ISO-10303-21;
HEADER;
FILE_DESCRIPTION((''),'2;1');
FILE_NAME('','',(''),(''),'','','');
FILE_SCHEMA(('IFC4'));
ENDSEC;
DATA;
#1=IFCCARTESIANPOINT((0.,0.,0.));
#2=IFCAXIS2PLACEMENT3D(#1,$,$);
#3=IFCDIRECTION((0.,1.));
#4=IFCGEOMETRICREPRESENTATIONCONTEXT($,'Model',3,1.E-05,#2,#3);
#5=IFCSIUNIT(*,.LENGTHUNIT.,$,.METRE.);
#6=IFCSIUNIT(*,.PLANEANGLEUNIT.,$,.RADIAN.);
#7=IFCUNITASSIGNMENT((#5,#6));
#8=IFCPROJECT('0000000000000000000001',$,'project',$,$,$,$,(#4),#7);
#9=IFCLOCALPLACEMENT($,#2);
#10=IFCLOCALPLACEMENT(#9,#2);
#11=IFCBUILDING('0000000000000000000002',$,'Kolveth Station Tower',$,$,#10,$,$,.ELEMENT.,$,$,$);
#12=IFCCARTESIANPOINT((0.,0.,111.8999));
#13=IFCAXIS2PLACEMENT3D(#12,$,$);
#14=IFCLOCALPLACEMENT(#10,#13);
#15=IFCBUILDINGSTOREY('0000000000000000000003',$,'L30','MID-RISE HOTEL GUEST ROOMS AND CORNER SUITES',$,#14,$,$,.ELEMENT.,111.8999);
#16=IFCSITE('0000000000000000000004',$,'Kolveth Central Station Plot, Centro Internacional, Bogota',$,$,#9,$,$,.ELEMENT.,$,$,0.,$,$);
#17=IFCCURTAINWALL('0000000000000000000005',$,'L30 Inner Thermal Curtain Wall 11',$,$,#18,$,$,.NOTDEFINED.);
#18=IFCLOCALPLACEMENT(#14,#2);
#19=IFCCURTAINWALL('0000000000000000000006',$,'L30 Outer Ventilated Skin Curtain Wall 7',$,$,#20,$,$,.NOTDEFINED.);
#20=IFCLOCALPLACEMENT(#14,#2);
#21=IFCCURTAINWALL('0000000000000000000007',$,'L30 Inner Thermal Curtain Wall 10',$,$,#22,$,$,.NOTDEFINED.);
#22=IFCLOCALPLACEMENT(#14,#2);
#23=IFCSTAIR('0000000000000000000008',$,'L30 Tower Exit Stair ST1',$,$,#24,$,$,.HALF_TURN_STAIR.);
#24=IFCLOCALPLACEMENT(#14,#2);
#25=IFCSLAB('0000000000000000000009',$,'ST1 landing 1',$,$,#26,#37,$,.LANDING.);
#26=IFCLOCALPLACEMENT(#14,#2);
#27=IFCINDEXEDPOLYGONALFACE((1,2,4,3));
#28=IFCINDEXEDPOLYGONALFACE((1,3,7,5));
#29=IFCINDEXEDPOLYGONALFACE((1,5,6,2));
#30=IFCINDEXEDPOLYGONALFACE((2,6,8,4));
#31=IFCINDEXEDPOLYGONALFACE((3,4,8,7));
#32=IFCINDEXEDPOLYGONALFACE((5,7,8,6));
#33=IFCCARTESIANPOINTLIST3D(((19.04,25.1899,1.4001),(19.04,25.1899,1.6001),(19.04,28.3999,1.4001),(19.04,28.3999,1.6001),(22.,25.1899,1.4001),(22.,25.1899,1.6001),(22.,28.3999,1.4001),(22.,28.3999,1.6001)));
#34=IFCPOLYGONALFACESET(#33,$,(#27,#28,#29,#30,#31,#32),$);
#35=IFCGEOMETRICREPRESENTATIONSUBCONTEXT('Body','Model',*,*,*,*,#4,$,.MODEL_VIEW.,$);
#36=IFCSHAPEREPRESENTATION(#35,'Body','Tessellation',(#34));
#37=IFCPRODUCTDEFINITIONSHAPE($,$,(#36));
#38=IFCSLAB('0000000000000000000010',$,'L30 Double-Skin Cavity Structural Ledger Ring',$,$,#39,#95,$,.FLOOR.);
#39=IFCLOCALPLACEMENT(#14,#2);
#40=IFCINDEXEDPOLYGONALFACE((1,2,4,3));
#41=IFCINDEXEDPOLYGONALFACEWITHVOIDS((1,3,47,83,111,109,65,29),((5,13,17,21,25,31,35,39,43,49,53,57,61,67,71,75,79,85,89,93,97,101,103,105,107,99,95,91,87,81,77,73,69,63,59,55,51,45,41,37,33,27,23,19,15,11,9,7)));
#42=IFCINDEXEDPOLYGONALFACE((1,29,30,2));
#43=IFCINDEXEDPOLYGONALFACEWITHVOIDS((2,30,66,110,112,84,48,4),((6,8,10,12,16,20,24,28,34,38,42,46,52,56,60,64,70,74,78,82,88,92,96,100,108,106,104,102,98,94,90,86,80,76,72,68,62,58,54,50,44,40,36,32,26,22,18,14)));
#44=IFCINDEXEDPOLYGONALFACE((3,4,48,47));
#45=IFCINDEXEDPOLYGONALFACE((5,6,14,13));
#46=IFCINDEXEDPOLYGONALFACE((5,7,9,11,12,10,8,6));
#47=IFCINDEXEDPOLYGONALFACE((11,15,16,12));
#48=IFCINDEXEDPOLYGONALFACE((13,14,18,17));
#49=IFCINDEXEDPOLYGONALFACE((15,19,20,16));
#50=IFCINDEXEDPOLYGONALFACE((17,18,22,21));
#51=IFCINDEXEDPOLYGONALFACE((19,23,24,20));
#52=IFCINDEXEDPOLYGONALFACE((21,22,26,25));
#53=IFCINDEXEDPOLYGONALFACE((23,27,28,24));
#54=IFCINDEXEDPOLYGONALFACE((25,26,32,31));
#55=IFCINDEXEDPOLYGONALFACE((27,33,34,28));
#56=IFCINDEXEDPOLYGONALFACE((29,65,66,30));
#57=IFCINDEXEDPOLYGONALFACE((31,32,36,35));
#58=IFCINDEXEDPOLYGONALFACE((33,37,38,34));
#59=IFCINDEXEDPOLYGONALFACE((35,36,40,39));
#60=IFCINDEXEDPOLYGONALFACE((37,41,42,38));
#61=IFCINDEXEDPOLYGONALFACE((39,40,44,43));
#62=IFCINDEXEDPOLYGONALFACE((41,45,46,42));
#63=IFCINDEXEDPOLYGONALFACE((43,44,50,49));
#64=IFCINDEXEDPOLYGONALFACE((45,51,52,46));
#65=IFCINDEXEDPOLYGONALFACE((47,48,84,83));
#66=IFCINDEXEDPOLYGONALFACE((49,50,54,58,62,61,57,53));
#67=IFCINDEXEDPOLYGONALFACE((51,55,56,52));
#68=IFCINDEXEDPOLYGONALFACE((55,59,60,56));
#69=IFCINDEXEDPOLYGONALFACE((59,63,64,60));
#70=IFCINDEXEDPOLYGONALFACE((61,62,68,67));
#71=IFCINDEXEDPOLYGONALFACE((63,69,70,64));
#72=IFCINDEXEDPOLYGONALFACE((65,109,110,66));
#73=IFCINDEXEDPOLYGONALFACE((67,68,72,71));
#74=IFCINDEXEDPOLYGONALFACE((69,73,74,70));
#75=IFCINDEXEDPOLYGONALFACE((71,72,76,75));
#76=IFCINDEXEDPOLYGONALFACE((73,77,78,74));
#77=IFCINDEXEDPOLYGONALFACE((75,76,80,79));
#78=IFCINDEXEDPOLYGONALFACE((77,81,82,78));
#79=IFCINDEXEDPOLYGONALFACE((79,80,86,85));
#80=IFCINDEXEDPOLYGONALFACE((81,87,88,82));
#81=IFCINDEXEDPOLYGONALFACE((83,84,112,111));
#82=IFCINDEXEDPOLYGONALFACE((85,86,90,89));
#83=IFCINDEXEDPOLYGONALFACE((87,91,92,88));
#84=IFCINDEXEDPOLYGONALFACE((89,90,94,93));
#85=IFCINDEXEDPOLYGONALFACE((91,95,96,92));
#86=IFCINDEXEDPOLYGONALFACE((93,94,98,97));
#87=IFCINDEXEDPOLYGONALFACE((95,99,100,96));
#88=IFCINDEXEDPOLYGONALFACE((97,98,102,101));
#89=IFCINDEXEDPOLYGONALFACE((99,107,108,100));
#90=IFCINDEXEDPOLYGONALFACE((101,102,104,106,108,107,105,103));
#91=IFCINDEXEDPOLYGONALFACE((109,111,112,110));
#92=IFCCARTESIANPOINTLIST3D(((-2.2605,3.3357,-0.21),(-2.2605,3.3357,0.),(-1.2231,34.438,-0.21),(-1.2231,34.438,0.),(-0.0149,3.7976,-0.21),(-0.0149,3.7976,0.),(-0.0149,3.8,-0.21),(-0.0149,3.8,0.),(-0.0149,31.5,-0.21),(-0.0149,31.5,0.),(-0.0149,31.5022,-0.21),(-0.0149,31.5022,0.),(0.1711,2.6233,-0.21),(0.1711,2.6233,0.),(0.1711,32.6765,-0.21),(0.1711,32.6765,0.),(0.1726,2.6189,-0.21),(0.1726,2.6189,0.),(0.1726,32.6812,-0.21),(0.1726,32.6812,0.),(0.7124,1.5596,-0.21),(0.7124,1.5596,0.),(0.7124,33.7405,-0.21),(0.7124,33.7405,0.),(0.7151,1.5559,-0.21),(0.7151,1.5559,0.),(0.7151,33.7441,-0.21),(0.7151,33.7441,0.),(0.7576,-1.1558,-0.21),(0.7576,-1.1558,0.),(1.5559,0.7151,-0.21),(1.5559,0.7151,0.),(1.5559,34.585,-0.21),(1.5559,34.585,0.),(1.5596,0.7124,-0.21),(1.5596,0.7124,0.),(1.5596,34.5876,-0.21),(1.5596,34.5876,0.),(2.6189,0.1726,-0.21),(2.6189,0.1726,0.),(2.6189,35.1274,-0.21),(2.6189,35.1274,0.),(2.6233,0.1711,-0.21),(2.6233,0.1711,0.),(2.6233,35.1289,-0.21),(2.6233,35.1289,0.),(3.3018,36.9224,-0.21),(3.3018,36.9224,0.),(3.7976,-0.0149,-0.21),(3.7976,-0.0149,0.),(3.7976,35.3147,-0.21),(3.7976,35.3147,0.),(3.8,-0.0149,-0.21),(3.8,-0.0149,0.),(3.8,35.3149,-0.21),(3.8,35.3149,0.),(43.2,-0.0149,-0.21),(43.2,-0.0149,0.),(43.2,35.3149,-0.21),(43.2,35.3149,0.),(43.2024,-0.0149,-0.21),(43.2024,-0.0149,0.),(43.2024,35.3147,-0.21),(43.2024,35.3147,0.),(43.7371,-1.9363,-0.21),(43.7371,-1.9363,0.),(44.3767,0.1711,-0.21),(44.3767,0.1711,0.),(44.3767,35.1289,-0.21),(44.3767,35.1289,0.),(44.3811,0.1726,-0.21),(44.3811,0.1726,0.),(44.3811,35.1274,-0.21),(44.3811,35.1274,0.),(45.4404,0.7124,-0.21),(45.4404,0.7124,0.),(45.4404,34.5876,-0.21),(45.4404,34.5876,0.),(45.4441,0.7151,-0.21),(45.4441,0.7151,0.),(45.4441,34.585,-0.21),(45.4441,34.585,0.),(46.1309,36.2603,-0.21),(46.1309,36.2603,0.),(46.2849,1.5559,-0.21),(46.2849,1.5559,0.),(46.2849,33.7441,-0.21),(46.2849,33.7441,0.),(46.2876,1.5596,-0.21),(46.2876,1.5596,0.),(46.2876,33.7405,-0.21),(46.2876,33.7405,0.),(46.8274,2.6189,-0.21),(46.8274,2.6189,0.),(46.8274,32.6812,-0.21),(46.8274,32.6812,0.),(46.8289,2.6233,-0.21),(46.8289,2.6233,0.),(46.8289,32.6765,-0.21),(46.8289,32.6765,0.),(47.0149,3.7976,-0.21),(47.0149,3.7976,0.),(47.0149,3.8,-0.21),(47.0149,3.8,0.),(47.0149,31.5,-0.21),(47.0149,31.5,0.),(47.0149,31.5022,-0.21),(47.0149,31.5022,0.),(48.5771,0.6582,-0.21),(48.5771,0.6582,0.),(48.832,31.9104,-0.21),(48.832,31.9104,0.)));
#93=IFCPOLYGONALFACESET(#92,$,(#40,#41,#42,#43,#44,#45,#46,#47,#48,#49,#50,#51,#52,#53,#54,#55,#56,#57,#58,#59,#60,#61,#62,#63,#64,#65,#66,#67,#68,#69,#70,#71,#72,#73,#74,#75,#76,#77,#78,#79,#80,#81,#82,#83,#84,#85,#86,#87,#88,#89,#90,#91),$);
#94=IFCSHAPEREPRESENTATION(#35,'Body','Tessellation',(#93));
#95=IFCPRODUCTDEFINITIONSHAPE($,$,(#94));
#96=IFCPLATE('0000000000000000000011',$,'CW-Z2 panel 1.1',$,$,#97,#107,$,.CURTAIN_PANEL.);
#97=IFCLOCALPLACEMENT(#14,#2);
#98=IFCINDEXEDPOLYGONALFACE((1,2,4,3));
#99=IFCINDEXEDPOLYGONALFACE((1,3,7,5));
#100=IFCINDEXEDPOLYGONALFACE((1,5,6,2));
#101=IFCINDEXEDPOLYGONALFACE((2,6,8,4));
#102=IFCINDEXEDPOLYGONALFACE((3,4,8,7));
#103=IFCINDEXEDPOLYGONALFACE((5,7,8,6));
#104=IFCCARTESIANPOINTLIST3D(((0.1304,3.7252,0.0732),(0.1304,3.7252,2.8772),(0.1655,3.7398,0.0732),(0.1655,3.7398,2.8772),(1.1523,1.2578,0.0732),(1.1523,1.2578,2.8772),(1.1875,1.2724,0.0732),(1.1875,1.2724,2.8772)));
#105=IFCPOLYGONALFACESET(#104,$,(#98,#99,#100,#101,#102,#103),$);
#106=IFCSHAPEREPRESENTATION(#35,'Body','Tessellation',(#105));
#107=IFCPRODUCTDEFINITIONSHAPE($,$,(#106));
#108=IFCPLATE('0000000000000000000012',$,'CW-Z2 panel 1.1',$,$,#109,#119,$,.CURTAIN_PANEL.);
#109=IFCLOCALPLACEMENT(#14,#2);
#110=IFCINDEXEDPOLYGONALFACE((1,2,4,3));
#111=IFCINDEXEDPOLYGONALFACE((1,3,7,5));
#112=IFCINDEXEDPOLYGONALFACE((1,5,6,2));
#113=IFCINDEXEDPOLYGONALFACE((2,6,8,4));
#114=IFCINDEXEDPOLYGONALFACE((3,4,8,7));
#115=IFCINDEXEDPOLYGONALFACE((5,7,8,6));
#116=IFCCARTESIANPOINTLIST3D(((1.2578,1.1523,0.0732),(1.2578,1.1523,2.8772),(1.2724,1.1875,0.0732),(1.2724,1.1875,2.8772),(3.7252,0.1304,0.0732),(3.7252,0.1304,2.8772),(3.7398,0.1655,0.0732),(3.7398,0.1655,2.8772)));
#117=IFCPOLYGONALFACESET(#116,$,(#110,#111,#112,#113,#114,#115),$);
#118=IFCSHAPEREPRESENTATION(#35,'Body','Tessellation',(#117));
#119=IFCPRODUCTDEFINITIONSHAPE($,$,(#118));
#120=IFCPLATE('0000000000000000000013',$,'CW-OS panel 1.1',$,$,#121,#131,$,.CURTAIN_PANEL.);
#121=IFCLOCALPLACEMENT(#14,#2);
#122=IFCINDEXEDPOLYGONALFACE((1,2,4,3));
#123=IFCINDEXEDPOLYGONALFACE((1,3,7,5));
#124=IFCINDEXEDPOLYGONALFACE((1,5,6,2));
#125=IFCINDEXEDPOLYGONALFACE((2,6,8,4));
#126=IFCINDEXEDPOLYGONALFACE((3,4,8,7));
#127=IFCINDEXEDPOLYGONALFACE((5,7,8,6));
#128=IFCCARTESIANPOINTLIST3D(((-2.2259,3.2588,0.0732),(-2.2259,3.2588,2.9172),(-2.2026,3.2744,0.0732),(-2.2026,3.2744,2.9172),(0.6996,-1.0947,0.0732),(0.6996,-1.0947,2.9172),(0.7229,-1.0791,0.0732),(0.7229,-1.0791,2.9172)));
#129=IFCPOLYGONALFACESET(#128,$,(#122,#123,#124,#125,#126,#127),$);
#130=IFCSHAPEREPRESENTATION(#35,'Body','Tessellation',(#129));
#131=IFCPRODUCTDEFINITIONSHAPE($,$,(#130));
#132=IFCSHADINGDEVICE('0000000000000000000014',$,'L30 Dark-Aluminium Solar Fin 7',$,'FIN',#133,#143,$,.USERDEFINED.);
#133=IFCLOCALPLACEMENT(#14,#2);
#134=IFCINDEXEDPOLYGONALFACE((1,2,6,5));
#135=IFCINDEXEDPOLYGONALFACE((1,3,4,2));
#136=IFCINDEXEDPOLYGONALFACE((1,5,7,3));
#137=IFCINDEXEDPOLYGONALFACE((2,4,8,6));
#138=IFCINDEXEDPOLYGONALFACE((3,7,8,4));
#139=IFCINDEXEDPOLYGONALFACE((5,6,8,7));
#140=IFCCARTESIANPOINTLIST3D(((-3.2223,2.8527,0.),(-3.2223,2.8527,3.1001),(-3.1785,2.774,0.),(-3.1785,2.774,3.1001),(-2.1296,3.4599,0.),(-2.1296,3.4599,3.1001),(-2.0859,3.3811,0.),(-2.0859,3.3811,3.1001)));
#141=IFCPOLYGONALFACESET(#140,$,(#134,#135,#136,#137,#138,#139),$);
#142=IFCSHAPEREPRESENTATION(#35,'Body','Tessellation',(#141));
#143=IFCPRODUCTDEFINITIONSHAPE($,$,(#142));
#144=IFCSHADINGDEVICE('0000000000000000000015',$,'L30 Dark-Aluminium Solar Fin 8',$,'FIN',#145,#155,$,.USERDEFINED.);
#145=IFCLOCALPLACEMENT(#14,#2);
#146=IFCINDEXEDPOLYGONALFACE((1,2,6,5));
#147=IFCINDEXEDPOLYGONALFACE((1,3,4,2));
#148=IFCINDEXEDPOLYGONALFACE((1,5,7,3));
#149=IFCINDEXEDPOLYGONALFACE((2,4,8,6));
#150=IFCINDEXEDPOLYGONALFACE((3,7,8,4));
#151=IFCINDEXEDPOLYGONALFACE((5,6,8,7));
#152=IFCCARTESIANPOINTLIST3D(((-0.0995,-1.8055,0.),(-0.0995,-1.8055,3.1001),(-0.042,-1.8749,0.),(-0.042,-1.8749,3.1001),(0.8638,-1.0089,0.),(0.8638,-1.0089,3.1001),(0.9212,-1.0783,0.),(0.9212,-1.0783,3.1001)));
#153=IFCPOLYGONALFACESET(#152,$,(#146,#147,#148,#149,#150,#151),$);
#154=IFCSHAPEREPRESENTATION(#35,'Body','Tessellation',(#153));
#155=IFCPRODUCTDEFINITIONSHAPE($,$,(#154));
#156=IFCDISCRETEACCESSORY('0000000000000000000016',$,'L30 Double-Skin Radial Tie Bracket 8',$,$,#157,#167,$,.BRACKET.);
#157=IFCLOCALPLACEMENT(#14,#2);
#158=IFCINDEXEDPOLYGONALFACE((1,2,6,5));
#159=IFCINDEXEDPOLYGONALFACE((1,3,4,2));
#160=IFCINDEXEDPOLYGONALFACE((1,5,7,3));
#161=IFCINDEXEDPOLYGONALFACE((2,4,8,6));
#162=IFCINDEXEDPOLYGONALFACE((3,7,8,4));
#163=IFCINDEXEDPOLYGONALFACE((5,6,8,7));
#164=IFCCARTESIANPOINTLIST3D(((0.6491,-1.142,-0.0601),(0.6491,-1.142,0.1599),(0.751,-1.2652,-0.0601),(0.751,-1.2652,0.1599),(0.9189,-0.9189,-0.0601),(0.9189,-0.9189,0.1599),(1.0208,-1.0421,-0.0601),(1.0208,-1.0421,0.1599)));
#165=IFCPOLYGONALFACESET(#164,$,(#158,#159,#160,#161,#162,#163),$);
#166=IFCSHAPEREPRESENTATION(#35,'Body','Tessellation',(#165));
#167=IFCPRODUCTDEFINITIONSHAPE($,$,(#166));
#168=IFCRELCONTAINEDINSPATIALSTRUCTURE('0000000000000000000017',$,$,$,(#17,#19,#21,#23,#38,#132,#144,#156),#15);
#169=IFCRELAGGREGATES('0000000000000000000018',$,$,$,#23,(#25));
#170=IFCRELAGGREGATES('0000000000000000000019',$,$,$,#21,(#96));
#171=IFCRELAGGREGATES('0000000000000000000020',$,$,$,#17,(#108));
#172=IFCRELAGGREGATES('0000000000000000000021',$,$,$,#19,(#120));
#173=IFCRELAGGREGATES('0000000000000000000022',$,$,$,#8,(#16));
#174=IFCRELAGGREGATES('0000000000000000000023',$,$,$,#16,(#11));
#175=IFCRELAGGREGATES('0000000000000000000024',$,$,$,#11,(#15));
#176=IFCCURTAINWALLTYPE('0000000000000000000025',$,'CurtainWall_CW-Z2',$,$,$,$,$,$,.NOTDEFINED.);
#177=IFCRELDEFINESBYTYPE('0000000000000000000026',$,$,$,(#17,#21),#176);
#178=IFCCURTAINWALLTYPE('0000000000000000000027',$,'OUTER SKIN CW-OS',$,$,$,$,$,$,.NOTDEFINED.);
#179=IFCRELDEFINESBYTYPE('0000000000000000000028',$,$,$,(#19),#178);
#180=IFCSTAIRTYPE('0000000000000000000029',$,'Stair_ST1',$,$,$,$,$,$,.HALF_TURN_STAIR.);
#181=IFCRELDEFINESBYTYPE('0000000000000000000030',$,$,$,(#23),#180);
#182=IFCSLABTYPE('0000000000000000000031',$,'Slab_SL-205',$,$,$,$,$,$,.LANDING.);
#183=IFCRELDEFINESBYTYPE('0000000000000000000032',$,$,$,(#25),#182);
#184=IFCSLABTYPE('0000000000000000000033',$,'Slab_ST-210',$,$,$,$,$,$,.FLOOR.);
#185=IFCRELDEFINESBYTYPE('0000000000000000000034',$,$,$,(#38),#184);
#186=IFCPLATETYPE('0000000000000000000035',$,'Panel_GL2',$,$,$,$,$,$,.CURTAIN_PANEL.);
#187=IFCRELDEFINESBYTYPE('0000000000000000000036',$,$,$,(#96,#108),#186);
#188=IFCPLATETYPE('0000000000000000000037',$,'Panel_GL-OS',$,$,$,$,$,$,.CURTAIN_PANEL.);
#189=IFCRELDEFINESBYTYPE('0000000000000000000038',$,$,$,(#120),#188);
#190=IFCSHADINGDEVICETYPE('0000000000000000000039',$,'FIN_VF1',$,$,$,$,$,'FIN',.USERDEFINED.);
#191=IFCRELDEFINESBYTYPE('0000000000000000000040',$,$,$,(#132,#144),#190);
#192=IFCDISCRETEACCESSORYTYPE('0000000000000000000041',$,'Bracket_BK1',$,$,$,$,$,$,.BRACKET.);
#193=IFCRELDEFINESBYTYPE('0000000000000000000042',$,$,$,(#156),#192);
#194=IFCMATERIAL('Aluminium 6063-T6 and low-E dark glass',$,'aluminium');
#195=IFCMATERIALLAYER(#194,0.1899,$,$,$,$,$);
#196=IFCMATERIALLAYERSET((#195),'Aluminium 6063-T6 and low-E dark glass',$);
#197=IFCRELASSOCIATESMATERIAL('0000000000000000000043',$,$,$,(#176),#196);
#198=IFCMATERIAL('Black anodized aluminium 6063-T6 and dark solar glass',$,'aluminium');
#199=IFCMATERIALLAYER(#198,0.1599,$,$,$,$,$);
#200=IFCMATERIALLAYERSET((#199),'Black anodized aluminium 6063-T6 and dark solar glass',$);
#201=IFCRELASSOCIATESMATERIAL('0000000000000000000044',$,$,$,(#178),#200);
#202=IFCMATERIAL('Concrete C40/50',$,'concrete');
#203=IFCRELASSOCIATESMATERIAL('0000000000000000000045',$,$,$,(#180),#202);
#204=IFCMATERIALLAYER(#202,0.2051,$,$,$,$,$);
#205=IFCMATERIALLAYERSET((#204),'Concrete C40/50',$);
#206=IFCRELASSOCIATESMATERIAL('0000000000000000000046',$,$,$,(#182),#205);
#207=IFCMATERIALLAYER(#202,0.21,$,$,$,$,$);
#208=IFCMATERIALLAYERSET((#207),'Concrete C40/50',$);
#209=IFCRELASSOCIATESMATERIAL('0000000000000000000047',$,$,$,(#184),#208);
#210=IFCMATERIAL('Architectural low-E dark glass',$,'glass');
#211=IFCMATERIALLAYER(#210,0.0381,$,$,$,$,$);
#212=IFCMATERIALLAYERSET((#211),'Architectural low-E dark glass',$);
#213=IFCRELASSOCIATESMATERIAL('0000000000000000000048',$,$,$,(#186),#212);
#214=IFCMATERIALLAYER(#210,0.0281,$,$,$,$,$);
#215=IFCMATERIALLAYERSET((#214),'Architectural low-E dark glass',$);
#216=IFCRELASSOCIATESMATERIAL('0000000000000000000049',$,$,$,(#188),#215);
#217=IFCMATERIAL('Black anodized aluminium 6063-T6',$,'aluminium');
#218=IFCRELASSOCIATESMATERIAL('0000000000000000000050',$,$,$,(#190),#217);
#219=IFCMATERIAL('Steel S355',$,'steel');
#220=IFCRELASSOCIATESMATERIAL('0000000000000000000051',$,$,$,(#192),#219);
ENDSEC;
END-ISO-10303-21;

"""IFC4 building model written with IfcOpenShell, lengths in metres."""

from ifc_helpers import new_model, si_unit, direction, frame, origin, origin_2d, place, context, subcontext, project, spatial, polyline, rectangle, outline, extrude, source, transform, mapped, material, layer, layer_set, type_object, element, aggregate, save


model = new_model("IFC4")

# Units and contexts
model_context = context("Model", 3, precision=1e-05, world=origin(), true_north=direction((0.0, 1.0)))
body_context = subcontext(model_context, "Body", "Model", "MODEL_VIEW")
ifc_project = project(units=[si_unit("LENGTHUNIT", "METRE"), si_unit("PLANEANGLEUNIT", "RADIAN")], contexts=[model_context])

# Site, building, storey
site_placement = place(None, origin())
site = spatial("IfcSite", under=ifc_project, at=site_placement, Name="Kolveth Central Station Plot, Centro Internacional, Bogota", CompositionType="ELEMENT", RefElevation=0.0)
building_placement = place(site_placement, origin())
building = spatial("IfcBuilding", under=site, at=building_placement, Name="Kolveth Station Tower", CompositionType="ELEMENT")
storey_placement = place(building_placement, frame((0.0, 0.0, 111.8999)))
storey = spatial("IfcBuildingStorey", under=building, at=storey_placement, Name="L30", Description="MID-RISE HOTEL GUEST ROOMS AND CORNER SUITES", CompositionType="ELEMENT", Elevation=111.8999)

# Shared definitions
ifc_material_1 = material(Name="Steel S355", Category="steel")

# Curtain wall
ifc_material_2 = material(Name="Aluminium 6063-T6 and low-E dark glass", Category="aluminium")
ifc_layer_1 = layer(ifc_material_2, 0.1899)
ifc_layer_set_1 = layer_set([ifc_layer_1], Name="Aluminium 6063-T6 and low-E dark glass")
curtain_wall_type_1 = type_object("IfcCurtainWallType", Name="CurtainWall_CW-Z2", PredefinedType="NOTDEFINED", material=ifc_layer_set_1)
curtain_wall_1_placement = place(storey_placement, origin())
curtain_wall_1 = element("IfcCurtainWall", 1, at=curtain_wall_1_placement, inside=storey, type_object=curtain_wall_type_1, Name="L30 Inner Thermal Curtain Wall 11", PredefinedType="NOTDEFINED")
ifc_material_3 = material(Name="Black anodized aluminium 6063-T6", Category="aluminium")

# Curtain walls
ifc_material_4 = material(Name="Black anodized aluminium 6063-T6 and dark solar glass", Category="aluminium")
ifc_layer_2 = layer(ifc_material_4, 0.1599)
ifc_layer_set_2 = layer_set([ifc_layer_2], Name="Black anodized aluminium 6063-T6 and dark solar glass")
curtain_wall_type_2 = type_object("IfcCurtainWallType", Name="OUTER SKIN CW-OS", PredefinedType="NOTDEFINED", material=ifc_layer_set_2)
curtain_wall_2_placement = place(storey_placement, origin())
curtain_wall_2 = element("IfcCurtainWall", 2, at=curtain_wall_2_placement, inside=storey, type_object=curtain_wall_type_2, Name="L30 Outer Ventilated Skin Curtain Wall 7", PredefinedType="NOTDEFINED")
curtain_wall_3_placement = place(storey_placement, origin())
curtain_wall_3 = element("IfcCurtainWall", 3, at=curtain_wall_3_placement, inside=storey, type_object=curtain_wall_type_1, Name="L30 Inner Thermal Curtain Wall 10", PredefinedType="NOTDEFINED")

# Shared definitions
ifc_material_5 = material(Name="Concrete C40/50", Category="concrete")

# Stair, slab
stair_type_1 = type_object("IfcStairType", Name="Stair_ST1", PredefinedType="HALF_TURN_STAIR", material=ifc_material_5)
stair_1_placement = place(storey_placement, origin())
stair_1 = element("IfcStair", 4, at=stair_1_placement, inside=storey, type_object=stair_type_1, Name="L30 Tower Exit Stair ST1", PredefinedType="HALF_TURN_STAIR")
ifc_layer_3 = layer(ifc_material_5, 0.2051)
ifc_layer_set_3 = layer_set([ifc_layer_3], Name="Concrete C40/50")
slab_type_1 = type_object("IfcSlabType", Name="Slab_SL-205", PredefinedType="LANDING", material=ifc_layer_set_3)
slab_1_placement = place(storey_placement, frame((0.0, 0.0, 1.4001)))
slab_1 = element("IfcSlab", 5, at=slab_1_placement, type_object=slab_type_1, Name="ST1 landing 1", PredefinedType="LANDING", context=body_context, shape_type="SweptSolid", body=[
    extrude(outline(polyline([(22.0, 25.1899), (22.0, 28.3999), (19.04, 28.3999), (19.04, 25.1899), (22.0, 25.1899)])), origin(), (0.0, 0.0, 1.0), 0.2),
])
aggregate(stair_1, [slab_1])

# Slab
ifc_layer_4 = layer(ifc_material_5, 0.21)
ifc_layer_set_4 = layer_set([ifc_layer_4], Name="Concrete C40/50")
slab_type_2 = type_object("IfcSlabType", Name="Slab_ST-210", PredefinedType="FLOOR", material=ifc_layer_set_4)
slab_2_placement = place(storey_placement, frame((0.0, 0.0, -0.21)))
element("IfcSlab", 6, at=slab_2_placement, inside=storey, type_object=slab_type_2, Name="L30 Double-Skin Cavity Structural Ledger Ring", PredefinedType="FLOOR", context=body_context, shape_type="SweptSolid", body=[
    extrude(outline(polyline([(0.7576, -1.1558), (-2.2605, 3.3357), (-1.2231, 34.438), (3.3018, 36.9224), (46.1309, 36.2603), (48.832, 31.9104), (48.5771, 0.6582), (43.7371, -1.9363), (0.7576, -1.1558)]), holes=[polyline([(43.2024, -0.0149), (44.3767, 0.1711), (44.3811, 0.1726), (45.4404, 0.7124), (45.4441, 0.7151), (46.2849, 1.5559), (46.2876, 1.5596), (46.8274, 2.6189), (46.8289, 2.6233), (47.0149, 3.7976), (47.0149, 3.8), (47.0149, 31.5), (47.0149, 31.5022), (46.8289, 32.6765), (46.8274, 32.6812), (46.2876, 33.7405), (46.2849, 33.7441), (45.4441, 34.585), (45.4404, 34.5876), (44.3811, 35.1274), (44.3767, 35.1289), (43.2024, 35.3147), (43.2, 35.3149), (3.8, 35.3149), (3.7976, 35.3147), (2.6233, 35.1289), (2.6189, 35.1274), (1.5596, 34.5876), (1.5559, 34.585), (0.7151, 33.7441), (0.7124, 33.7405), (0.1726, 32.6812), (0.1711, 32.6765), (-0.0149, 31.5022), (-0.0149, 31.5), (-0.0149, 3.8), (-0.0149, 3.7976), (0.1711, 2.6233), (0.1726, 2.6189), (0.7124, 1.5596), (0.7151, 1.5559), (1.5559, 0.7151), (1.5596, 0.7124), (2.6189, 0.1726), (2.6233, 0.1711), (3.7976, -0.0149), (3.8, -0.0149), (43.2, -0.0149), (43.2024, -0.0149)])]), origin(), (0.0, 0.0, 1.0), 0.21),
])

# Plates
ifc_material_6 = material(Name="Architectural low-E dark glass", Category="glass")
ifc_layer_5 = layer(ifc_material_6, 0.0381)
ifc_layer_set_5 = layer_set([ifc_layer_5], Name="Architectural low-E dark glass")
plate_type_1 = type_object("IfcPlateType", Name="Panel_GL2", PredefinedType="CURTAIN_PANEL", material=ifc_layer_set_5)
shared_shape_1 = source(origin(), body_context, "Body", "SweptSolid", [
    extrude(rectangle(XDim=2.6707, YDim=0.0381, at=origin_2d()), origin(), (0.0, 0.0, 1.0), 2.804),
])
plate_1_placement = place(storey_placement, frame((0.6589, 2.4988, 0.0732), z_axis=(0.0, 0.0, 1.0), x_axis=(0.382663, -0.923888, 0.0)))
plate_1 = element("IfcPlate", 7, at=plate_1_placement, type_object=plate_type_1, Name="CW-Z2 panel 1.1", PredefinedType="CURTAIN_PANEL", context=body_context, shape_type="MappedRepresentation", body=[
    mapped(shared_shape_1, transform((0.0, 0.0, 0.0), x_axis=(1.0, 0.0, 0.0), y_axis=(0.0, 1.0, 0.0), z_axis=(0.0, 0.0, 1.0), scale=1.0)),
])
aggregate(curtain_wall_3, [plate_1])
plate_2_placement = place(storey_placement, frame((2.4988, 0.6589, 0.0732), z_axis=(0.0, 0.0, 1.0), x_axis=(0.923888, -0.382663, 0.0)))
plate_2 = element("IfcPlate", 8, at=plate_2_placement, type_object=plate_type_1, Name="CW-Z2 panel 1.1", PredefinedType="CURTAIN_PANEL", context=body_context, shape_type="MappedRepresentation", body=[
    mapped(shared_shape_1, transform((0.0, 0.0, 0.0), x_axis=(1.0, 0.0, 0.0), y_axis=(0.0, 1.0, 0.0), z_axis=(0.0, 0.0, 1.0), scale=1.0)),
])
aggregate(curtain_wall_1, [plate_2])
ifc_layer_6 = layer(ifc_material_6, 0.0281)
ifc_layer_set_6 = layer_set([ifc_layer_6], Name="Architectural low-E dark glass")
plate_type_2 = type_object("IfcPlateType", Name="Panel_GL-OS", PredefinedType="CURTAIN_PANEL", material=ifc_layer_set_6)
shared_shape_2 = source(origin(), body_context, "Body", "SweptSolid", [
    extrude(rectangle(XDim=5.2451, YDim=0.0281, at=origin_2d()), origin(), (0.0, 0.0, 1.0), 2.844),
])
plate_3_placement = place(storey_placement, frame((-0.7515, 1.0898, 0.0732), z_axis=(0.0, 0.0, 1.0), x_axis=(0.557754, -0.830006, 0.0)))
plate_3 = element("IfcPlate", 9, at=plate_3_placement, type_object=plate_type_2, Name="CW-OS panel 1.1", PredefinedType="CURTAIN_PANEL", context=body_context, shape_type="MappedRepresentation", body=[
    mapped(shared_shape_2, transform((0.0, 0.0, 0.0), x_axis=(1.0, 0.0, 0.0), y_axis=(0.0, 1.0, 0.0), z_axis=(0.0, 0.0, 1.0), scale=1.0)),
])
aggregate(curtain_wall_2, [plate_3])

# Shading devices
shading_device_type = type_object("IfcShadingDeviceType", Name="FIN_VF1", ElementType="FIN", PredefinedType="USERDEFINED", material=ifc_material_3)
shared_shape_3 = source(origin(), body_context, "Body", "SweptSolid", [
    extrude(rectangle(XDim=1.25, YDim=0.0901, at=origin_2d()), origin(), (0.0, 0.0, 1.0), 3.1001),
])
for number, where, z_axis, x_axis, name in (
    (10, (-2.6541, 3.1169, 0.0), (0.0, 0.0, 1.0), (-0.874112, -0.485725, 0.0), "L30 Dark-Aluminium Solar Fin 7"),
    (11, (0.4109, -1.4419, 0.0), (0.0, 0.0, 1.0), (-0.770624, -0.63729, 0.0), "L30 Dark-Aluminium Solar Fin 8"),
):
    element("IfcShadingDevice", number, at=place(storey_placement, frame(where, z_axis=z_axis, x_axis=x_axis)), inside=storey, type_object=shading_device_type, Name=name, ObjectType="FIN", PredefinedType="USERDEFINED", context=body_context, shape_type="MappedRepresentation", body=[
        mapped(shared_shape_3, transform((0.0, 0.0, 0.0), x_axis=(1.0, 0.0, 0.0), y_axis=(0.0, 1.0, 0.0), z_axis=(0.0, 0.0, 1.0), scale=1.0)),
    ])

# Discrete accessory
discrete_accessory_type = type_object("IfcDiscreteAccessoryType", Name="Bracket_BK1", PredefinedType="BRACKET", material=ifc_material_1)
shared_shape_4 = source(origin(), body_context, "Body", "SweptSolid", [
    extrude(rectangle(XDim=0.3501, YDim=0.1599, at=origin_2d()), origin(), (0.0, 0.0, 1.0), 0.22),
])
discrete_accessory_placement = place(storey_placement, frame((0.835, -1.092, -0.0601), z_axis=(0.0, 0.0, 1.0), x_axis=(-0.770624, -0.63729, 0.0)))
element("IfcDiscreteAccessory", 12, at=discrete_accessory_placement, inside=storey, type_object=discrete_accessory_type, Name="L30 Double-Skin Radial Tie Bracket 8", PredefinedType="BRACKET", context=body_context, shape_type="MappedRepresentation", body=[
    mapped(shared_shape_4, transform((0.0, 0.0, 0.0), x_axis=(1.0, 0.0, 0.0), y_axis=(0.0, 1.0, 0.0), z_axis=(0.0, 0.0, 1.0), scale=1.0)),
])

save(model, "model.ifc")
